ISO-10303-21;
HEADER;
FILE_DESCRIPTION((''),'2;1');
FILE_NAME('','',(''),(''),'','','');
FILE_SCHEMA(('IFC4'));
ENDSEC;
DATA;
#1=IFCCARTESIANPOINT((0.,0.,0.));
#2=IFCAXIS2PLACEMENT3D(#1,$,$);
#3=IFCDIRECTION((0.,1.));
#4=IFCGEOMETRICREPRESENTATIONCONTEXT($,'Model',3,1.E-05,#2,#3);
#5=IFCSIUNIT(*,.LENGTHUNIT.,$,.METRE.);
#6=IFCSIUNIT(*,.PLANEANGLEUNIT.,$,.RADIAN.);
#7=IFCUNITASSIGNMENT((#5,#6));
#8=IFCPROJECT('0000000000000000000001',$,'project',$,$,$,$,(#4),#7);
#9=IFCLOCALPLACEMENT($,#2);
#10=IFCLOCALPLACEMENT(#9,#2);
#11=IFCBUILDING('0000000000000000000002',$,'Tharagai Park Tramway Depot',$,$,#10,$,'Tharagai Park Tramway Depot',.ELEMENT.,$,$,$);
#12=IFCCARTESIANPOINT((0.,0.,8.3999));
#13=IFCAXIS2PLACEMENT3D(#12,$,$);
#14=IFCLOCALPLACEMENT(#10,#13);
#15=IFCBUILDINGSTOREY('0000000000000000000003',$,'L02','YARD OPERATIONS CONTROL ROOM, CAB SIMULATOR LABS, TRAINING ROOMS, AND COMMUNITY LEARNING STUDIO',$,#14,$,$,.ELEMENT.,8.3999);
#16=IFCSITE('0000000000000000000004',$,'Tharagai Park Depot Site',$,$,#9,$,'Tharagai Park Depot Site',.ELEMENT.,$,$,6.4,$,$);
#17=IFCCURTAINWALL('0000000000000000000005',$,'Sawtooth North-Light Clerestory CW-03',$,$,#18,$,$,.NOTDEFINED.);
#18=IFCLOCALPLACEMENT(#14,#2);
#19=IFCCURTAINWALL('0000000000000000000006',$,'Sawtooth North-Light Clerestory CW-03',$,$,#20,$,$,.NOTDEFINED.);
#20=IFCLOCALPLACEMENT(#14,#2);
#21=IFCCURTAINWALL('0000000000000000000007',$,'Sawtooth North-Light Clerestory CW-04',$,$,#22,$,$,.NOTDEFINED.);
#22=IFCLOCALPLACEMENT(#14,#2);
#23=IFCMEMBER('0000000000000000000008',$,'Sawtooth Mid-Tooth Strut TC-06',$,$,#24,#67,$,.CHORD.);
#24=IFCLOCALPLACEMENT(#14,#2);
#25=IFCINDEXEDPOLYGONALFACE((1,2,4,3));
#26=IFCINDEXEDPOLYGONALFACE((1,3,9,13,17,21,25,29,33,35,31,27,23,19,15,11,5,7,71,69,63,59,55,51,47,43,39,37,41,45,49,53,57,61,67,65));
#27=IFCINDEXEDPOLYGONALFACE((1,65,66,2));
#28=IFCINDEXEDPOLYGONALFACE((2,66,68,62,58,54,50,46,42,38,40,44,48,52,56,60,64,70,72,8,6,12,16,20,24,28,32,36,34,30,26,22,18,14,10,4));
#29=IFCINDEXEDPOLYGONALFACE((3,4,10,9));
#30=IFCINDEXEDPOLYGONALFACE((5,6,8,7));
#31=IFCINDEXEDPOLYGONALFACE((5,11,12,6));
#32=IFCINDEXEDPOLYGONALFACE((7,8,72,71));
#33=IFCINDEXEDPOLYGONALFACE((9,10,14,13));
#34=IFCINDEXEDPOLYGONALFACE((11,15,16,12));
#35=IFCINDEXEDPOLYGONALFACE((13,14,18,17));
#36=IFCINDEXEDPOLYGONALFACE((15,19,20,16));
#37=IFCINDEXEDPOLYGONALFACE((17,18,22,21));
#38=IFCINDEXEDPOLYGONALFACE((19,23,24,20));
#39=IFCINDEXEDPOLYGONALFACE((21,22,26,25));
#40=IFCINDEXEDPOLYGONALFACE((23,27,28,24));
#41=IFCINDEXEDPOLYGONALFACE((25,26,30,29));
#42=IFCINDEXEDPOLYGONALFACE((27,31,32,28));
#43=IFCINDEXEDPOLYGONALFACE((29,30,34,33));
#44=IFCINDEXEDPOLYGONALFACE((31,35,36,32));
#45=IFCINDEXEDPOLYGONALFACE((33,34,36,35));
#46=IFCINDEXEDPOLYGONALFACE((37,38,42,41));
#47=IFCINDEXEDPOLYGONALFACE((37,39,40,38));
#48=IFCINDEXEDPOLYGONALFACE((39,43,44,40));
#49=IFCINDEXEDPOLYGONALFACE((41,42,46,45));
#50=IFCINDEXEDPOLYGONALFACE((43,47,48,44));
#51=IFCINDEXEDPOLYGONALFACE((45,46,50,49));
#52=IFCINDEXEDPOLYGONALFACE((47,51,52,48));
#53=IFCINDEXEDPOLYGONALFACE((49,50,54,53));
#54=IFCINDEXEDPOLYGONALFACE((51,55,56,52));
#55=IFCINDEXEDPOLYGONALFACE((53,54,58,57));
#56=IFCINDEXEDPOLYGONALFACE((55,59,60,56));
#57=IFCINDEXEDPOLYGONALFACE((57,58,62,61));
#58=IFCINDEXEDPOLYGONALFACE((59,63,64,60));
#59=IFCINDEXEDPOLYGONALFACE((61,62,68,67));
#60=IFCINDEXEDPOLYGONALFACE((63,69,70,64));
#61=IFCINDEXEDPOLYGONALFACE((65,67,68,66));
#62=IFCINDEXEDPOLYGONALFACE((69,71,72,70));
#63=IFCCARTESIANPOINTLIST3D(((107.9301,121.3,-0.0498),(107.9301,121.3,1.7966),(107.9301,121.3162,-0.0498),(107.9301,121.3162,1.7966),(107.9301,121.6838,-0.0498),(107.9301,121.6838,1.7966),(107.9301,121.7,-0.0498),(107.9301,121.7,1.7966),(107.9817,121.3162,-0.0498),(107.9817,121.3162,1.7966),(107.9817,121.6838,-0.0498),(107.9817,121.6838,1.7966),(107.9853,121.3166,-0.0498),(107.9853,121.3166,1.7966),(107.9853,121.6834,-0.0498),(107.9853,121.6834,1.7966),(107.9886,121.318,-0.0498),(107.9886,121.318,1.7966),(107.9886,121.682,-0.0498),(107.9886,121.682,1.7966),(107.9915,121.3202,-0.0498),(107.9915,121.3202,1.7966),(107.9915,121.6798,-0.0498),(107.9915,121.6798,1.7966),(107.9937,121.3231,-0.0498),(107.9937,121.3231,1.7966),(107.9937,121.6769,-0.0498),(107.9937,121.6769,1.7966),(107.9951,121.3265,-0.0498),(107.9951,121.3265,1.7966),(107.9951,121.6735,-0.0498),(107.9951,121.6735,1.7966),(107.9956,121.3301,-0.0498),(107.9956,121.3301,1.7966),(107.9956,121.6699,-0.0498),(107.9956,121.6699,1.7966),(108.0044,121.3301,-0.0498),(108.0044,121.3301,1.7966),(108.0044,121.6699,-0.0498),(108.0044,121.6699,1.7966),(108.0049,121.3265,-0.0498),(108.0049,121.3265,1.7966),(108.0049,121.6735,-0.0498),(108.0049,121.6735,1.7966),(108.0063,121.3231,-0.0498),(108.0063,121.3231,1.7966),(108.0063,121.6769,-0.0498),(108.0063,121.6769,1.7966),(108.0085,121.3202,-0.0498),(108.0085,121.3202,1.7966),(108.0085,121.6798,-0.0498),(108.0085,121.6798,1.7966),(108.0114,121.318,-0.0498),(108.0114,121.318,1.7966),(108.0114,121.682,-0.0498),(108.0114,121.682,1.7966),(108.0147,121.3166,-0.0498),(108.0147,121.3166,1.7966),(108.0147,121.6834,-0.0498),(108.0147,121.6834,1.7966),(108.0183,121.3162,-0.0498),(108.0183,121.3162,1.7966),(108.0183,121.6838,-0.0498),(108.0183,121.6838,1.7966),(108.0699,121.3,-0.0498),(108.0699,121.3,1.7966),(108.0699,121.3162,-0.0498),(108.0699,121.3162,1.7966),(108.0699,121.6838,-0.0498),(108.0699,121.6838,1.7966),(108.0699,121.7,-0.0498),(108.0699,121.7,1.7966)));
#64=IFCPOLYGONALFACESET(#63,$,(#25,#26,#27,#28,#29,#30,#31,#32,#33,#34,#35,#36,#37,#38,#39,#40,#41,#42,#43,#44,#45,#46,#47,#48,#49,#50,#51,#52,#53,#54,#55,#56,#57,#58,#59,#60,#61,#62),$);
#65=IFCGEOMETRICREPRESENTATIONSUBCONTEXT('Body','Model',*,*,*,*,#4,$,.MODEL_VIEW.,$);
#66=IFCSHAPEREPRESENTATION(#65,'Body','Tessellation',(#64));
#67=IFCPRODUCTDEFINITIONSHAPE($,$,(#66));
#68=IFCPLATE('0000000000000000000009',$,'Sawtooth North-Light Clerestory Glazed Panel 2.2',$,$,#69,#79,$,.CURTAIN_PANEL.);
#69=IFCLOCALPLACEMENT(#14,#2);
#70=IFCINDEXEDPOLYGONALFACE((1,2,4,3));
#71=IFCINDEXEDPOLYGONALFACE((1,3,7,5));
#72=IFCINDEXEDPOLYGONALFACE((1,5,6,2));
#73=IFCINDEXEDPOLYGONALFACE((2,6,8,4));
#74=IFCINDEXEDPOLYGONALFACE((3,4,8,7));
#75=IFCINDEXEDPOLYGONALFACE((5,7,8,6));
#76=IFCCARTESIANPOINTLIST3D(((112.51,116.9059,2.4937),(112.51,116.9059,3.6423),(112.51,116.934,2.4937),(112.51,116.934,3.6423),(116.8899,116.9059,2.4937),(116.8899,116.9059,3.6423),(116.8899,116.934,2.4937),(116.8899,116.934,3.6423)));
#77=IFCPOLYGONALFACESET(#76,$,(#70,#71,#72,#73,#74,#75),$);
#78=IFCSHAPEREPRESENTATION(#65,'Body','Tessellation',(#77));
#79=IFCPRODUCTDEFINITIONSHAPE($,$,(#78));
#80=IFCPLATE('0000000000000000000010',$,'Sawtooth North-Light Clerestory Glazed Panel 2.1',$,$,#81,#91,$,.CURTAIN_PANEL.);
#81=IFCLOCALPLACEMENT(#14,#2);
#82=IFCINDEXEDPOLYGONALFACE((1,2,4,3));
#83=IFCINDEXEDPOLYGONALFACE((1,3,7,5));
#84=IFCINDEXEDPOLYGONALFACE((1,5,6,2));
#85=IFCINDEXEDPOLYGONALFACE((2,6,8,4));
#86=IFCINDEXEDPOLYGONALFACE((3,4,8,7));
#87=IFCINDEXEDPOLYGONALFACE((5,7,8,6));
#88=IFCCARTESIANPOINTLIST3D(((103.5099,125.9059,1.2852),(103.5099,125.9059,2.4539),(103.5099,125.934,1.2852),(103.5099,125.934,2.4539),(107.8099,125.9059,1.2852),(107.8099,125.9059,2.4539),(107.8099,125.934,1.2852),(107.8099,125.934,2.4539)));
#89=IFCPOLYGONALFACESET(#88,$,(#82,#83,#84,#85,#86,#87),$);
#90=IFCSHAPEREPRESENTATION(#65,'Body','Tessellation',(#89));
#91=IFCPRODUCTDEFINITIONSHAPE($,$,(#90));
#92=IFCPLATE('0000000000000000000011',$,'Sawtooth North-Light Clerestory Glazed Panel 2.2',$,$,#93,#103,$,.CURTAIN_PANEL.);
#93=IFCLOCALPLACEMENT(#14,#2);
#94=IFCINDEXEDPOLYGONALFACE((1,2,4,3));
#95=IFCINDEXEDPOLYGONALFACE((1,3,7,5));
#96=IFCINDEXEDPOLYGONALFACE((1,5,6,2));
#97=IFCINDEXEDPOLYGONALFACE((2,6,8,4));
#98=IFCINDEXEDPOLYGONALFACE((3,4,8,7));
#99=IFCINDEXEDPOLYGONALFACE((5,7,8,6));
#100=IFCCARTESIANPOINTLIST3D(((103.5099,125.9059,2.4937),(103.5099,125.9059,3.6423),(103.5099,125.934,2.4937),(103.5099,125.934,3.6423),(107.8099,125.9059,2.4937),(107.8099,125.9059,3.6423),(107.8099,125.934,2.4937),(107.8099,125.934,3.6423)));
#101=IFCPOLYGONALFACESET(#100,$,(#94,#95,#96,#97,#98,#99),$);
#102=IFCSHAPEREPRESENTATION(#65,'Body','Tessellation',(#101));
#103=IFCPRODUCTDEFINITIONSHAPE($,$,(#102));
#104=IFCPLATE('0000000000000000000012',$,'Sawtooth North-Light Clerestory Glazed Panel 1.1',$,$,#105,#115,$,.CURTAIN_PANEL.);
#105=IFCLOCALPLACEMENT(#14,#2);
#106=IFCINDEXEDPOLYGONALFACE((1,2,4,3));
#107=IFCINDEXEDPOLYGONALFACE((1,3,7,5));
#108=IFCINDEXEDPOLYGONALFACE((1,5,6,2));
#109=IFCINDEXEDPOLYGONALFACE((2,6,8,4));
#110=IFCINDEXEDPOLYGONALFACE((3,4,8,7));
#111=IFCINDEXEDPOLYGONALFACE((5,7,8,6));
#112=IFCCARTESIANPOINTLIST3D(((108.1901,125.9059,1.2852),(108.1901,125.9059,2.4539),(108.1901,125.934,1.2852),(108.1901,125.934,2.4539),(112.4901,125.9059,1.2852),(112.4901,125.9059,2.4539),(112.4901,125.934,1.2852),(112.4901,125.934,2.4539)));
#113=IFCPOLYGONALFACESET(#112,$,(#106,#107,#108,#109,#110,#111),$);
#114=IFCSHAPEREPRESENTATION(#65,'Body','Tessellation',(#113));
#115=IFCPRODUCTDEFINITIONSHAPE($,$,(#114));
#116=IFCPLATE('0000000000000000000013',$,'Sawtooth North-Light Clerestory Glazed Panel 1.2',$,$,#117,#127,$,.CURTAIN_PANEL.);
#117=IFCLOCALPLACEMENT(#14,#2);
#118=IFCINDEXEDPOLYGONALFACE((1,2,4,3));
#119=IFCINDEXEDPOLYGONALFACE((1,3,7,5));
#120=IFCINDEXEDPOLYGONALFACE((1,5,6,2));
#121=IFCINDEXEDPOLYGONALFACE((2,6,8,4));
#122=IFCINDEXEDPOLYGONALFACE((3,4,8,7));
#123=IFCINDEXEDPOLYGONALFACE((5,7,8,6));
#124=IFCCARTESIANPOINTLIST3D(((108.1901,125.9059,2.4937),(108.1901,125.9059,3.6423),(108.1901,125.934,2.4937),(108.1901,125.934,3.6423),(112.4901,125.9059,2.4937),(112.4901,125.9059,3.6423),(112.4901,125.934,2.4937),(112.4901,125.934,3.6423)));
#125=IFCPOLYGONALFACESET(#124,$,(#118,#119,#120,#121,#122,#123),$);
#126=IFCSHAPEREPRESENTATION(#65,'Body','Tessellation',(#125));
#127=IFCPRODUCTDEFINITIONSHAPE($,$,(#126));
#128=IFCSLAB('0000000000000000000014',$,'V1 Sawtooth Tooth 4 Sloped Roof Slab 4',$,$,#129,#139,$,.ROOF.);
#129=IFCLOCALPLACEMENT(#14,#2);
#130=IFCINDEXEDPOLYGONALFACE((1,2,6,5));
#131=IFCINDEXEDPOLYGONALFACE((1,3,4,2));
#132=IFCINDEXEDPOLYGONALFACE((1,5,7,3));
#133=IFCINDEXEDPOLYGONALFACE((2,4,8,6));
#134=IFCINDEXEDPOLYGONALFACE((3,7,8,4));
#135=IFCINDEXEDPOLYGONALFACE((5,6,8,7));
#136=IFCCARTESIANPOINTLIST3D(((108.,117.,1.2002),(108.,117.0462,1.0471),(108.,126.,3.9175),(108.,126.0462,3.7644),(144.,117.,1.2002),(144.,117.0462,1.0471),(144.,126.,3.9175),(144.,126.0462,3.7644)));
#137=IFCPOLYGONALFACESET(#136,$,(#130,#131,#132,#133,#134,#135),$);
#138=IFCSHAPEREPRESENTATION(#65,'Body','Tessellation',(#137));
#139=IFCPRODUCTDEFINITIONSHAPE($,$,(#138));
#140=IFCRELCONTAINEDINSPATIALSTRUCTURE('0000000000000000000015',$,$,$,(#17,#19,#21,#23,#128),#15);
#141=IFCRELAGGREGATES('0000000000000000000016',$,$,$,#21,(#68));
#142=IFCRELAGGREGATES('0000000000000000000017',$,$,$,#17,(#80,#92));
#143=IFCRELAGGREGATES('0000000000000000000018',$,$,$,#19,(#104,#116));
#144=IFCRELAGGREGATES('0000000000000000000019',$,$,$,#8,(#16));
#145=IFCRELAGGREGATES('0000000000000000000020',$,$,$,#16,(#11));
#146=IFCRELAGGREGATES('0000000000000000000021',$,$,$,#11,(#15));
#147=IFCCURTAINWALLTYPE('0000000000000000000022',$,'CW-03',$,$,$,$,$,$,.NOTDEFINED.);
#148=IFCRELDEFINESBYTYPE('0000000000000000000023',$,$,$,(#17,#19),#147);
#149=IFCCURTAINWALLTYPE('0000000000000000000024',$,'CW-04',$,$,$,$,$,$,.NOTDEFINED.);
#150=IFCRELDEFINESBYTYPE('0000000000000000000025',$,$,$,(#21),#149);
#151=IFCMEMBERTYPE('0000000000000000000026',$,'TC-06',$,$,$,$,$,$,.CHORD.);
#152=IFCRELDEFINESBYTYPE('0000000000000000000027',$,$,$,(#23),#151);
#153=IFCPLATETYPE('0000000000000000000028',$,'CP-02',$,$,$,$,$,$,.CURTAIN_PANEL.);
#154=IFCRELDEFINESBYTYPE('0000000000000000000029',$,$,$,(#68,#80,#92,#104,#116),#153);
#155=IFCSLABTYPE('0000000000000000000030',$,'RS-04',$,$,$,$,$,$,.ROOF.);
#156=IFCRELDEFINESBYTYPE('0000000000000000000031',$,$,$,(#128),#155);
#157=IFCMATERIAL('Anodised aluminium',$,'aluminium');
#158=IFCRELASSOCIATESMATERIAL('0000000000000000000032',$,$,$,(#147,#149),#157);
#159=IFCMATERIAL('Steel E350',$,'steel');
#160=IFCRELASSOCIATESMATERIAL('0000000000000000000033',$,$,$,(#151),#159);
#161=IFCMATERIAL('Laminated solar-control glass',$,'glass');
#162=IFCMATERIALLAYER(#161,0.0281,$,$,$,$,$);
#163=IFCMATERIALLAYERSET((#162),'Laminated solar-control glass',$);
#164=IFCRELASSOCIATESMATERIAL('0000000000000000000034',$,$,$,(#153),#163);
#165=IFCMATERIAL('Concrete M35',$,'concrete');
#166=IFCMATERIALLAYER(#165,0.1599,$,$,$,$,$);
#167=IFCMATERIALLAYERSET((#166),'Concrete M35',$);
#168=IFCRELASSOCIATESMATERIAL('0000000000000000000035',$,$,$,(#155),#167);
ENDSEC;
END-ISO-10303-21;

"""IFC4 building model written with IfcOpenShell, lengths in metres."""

from ifc_helpers import new_model, si_unit, direction, frame, origin, origin_2d, place, context, subcontext, project, spatial, polyline, rectangle, i_section, outline, extrude, material, layer, layer_set, material_profile, profile_set, type_object, element, aggregate, save


model = new_model("IFC4")

# Units and contexts
model_context = context("Model", 3, precision=1e-05, world=origin(), true_north=direction((0.0, 1.0)))
body_context = subcontext(model_context, "Body", "Model", "MODEL_VIEW")
ifc_project = project(units=[si_unit("LENGTHUNIT", "METRE"), si_unit("PLANEANGLEUNIT", "RADIAN")], contexts=[model_context])

# Site, building, storey
site_placement = place(None, origin())
site = spatial("IfcSite", under=ifc_project, at=site_placement, Name="Tharagai Park Depot Site", LongName="Tharagai Park Depot Site", CompositionType="ELEMENT", RefElevation=6.4)
building_placement = place(site_placement, origin())
building = spatial("IfcBuilding", under=site, at=building_placement, Name="Tharagai Park Tramway Depot", LongName="Tharagai Park Tramway Depot", CompositionType="ELEMENT")
storey_placement = place(building_placement, frame((0.0, 0.0, 8.3999)))
storey = spatial("IfcBuildingStorey", under=building, at=storey_placement, Name="L02", Description="YARD OPERATIONS CONTROL ROOM, CAB SIMULATOR LABS, TRAINING ROOMS, AND COMMUNITY LEARNING STUDIO", CompositionType="ELEMENT", Elevation=8.3999)

# Shared definitions
ifc_material_1 = material(Name="Steel E350", Category="steel")

# Curtain walls
ifc_material_2 = material(Name="Anodised aluminium", Category="aluminium")
curtain_wall_type_1 = type_object("IfcCurtainWallType", Name="CW-03", PredefinedType="NOTDEFINED", material=ifc_material_2)
curtain_wall_1_placement = place(storey_placement, origin())
curtain_wall_1 = element("IfcCurtainWall", 1, at=curtain_wall_1_placement, inside=storey, type_object=curtain_wall_type_1, Name="Sawtooth North-Light Clerestory CW-03", PredefinedType="NOTDEFINED")
curtain_wall_2_placement = place(storey_placement, origin())
curtain_wall_2 = element("IfcCurtainWall", 2, at=curtain_wall_2_placement, inside=storey, type_object=curtain_wall_type_1, Name="Sawtooth North-Light Clerestory CW-03", PredefinedType="NOTDEFINED")

# Curtain wall
curtain_wall_type_2 = type_object("IfcCurtainWallType", Name="CW-04", PredefinedType="NOTDEFINED", material=ifc_material_2)
curtain_wall_3_placement = place(storey_placement, origin())
curtain_wall_3 = element("IfcCurtainWall", 3, at=curtain_wall_3_placement, inside=storey, type_object=curtain_wall_type_2, Name="Sawtooth North-Light Clerestory CW-04", PredefinedType="NOTDEFINED")

# Member
ifc_material_profile_1 = material_profile(ifc_material_1, i_section(OverallWidth=0.1399, OverallDepth=0.3999, WebThickness=0.0088, FlangeThickness=0.0161, FilletRadius=0.0139, at=origin_2d()), Name="ISMB 400")
ifc_profile_set_1 = profile_set([ifc_material_profile_1], Name="Steel E350")
member_type_1 = type_object("IfcMemberType", Name="TC-06", PredefinedType="CHORD", material=ifc_profile_set_1)
member_1_placement = place(storey_placement, frame((108.0, 121.5, -0.0498), z_axis=(0.0, 0.0, 1.0), x_axis=(1.0, 0.0, 0.0)))
element("IfcMember", 4, at=member_1_placement, inside=storey, type_object=member_type_1, Name="Sawtooth Mid-Tooth Strut TC-06", PredefinedType="CHORD", context=body_context, shape_type="SweptSolid", body=[
    extrude(i_section(OverallWidth=0.1399, OverallDepth=0.3999, WebThickness=0.0088, FlangeThickness=0.0161, FilletRadius=0.0139, at=origin_2d()), origin(), (0.0, 0.0, 1.0), 1.8464),
])

# Plates
ifc_material_3 = material(Name="Laminated solar-control glass", Category="glass")
ifc_layer_1 = layer(ifc_material_3, 0.0281)
ifc_layer_set_1 = layer_set([ifc_layer_1], Name="Laminated solar-control glass")
plate_type = type_object("IfcPlateType", Name="CP-02", PredefinedType="CURTAIN_PANEL", material=ifc_layer_set_1)
plate_1_placement = place(storey_placement, frame((114.7, 116.9199, 2.4937), z_axis=(0.0, 0.0, 1.0), x_axis=(1.0, 0.0, 0.0)))
plate_1 = element("IfcPlate", 5, at=plate_1_placement, type_object=plate_type, Name="Sawtooth North-Light Clerestory Glazed Panel 2.2", PredefinedType="CURTAIN_PANEL", context=body_context, shape_type="SweptSolid", body=[
    extrude(rectangle(XDim=4.3799, YDim=0.0281, at=origin_2d()), origin(), (0.0, 0.0, 1.0), 1.1487),
])
aggregate(curtain_wall_3, [plate_1])
plate_2_placement = place(storey_placement, frame((105.6599, 125.9199, 1.2852), z_axis=(0.0, 0.0, 1.0), x_axis=(1.0, 0.0, 0.0)))
plate_2 = element("IfcPlate", 6, at=plate_2_placement, type_object=plate_type, Name="Sawtooth North-Light Clerestory Glazed Panel 2.1", PredefinedType="CURTAIN_PANEL", context=body_context, shape_type="SweptSolid", body=[
    extrude(rectangle(XDim=4.3, YDim=0.0281, at=origin_2d()), origin(), (0.0, 0.0, 1.0), 1.1687),
])
plate_3_placement = place(storey_placement, frame((105.6599, 125.9199, 2.4937), z_axis=(0.0, 0.0, 1.0), x_axis=(1.0, 0.0, 0.0)))
plate_3 = element("IfcPlate", 7, at=plate_3_placement, type_object=plate_type, Name="Sawtooth North-Light Clerestory Glazed Panel 2.2", PredefinedType="CURTAIN_PANEL", context=body_context, shape_type="SweptSolid", body=[
    extrude(rectangle(XDim=4.3, YDim=0.0281, at=origin_2d()), origin(), (0.0, 0.0, 1.0), 1.1487),
])
aggregate(curtain_wall_1, [plate_2, plate_3])
plate_4_placement = place(storey_placement, frame((110.3401, 125.9199, 1.2852), z_axis=(0.0, 0.0, 1.0), x_axis=(1.0, 0.0, 0.0)))
plate_4 = element("IfcPlate", 8, at=plate_4_placement, type_object=plate_type, Name="Sawtooth North-Light Clerestory Glazed Panel 1.1", PredefinedType="CURTAIN_PANEL", context=body_context, shape_type="SweptSolid", body=[
    extrude(rectangle(XDim=4.3, YDim=0.0281, at=origin_2d()), origin(), (0.0, 0.0, 1.0), 1.1687),
])
plate_5_placement = place(storey_placement, frame((110.3401, 125.9199, 2.4937), z_axis=(0.0, 0.0, 1.0), x_axis=(1.0, 0.0, 0.0)))
plate_5 = element("IfcPlate", 9, at=plate_5_placement, type_object=plate_type, Name="Sawtooth North-Light Clerestory Glazed Panel 1.2", PredefinedType="CURTAIN_PANEL", context=body_context, shape_type="SweptSolid", body=[
    extrude(rectangle(XDim=4.3, YDim=0.0281, at=origin_2d()), origin(), (0.0, 0.0, 1.0), 1.1487),
])
aggregate(curtain_wall_2, [plate_4, plate_5])

# Slab
ifc_material_4 = material(Name="Concrete M35", Category="concrete")
ifc_layer_2 = layer(ifc_material_4, 0.1599)
ifc_layer_set_2 = layer_set([ifc_layer_2], Name="Concrete M35")
slab_type = type_object("IfcSlabType", Name="RS-04", PredefinedType="ROOF", material=ifc_layer_set_2)
slab_placement = place(storey_placement, frame((108.0, 117.0, 1.2002), z_axis=(0.0, -0.289034, 0.957319), x_axis=(1.0, 0.0, 0.0)))
element("IfcSlab", 10, at=slab_placement, inside=storey, type_object=slab_type, Name="V1 Sawtooth Tooth 4 Sloped Roof Slab 4", PredefinedType="ROOF", context=body_context, shape_type="SweptSolid", body=[
    extrude(outline(polyline([(0.0, 0.0), (36.0, 0.0), (36.0, 9.4013), (0.0, 9.4013), (0.0, 0.0)])), origin(), (0.0, 0.0, -1.0), 0.1599),
])

save(model, "model.ifc")
